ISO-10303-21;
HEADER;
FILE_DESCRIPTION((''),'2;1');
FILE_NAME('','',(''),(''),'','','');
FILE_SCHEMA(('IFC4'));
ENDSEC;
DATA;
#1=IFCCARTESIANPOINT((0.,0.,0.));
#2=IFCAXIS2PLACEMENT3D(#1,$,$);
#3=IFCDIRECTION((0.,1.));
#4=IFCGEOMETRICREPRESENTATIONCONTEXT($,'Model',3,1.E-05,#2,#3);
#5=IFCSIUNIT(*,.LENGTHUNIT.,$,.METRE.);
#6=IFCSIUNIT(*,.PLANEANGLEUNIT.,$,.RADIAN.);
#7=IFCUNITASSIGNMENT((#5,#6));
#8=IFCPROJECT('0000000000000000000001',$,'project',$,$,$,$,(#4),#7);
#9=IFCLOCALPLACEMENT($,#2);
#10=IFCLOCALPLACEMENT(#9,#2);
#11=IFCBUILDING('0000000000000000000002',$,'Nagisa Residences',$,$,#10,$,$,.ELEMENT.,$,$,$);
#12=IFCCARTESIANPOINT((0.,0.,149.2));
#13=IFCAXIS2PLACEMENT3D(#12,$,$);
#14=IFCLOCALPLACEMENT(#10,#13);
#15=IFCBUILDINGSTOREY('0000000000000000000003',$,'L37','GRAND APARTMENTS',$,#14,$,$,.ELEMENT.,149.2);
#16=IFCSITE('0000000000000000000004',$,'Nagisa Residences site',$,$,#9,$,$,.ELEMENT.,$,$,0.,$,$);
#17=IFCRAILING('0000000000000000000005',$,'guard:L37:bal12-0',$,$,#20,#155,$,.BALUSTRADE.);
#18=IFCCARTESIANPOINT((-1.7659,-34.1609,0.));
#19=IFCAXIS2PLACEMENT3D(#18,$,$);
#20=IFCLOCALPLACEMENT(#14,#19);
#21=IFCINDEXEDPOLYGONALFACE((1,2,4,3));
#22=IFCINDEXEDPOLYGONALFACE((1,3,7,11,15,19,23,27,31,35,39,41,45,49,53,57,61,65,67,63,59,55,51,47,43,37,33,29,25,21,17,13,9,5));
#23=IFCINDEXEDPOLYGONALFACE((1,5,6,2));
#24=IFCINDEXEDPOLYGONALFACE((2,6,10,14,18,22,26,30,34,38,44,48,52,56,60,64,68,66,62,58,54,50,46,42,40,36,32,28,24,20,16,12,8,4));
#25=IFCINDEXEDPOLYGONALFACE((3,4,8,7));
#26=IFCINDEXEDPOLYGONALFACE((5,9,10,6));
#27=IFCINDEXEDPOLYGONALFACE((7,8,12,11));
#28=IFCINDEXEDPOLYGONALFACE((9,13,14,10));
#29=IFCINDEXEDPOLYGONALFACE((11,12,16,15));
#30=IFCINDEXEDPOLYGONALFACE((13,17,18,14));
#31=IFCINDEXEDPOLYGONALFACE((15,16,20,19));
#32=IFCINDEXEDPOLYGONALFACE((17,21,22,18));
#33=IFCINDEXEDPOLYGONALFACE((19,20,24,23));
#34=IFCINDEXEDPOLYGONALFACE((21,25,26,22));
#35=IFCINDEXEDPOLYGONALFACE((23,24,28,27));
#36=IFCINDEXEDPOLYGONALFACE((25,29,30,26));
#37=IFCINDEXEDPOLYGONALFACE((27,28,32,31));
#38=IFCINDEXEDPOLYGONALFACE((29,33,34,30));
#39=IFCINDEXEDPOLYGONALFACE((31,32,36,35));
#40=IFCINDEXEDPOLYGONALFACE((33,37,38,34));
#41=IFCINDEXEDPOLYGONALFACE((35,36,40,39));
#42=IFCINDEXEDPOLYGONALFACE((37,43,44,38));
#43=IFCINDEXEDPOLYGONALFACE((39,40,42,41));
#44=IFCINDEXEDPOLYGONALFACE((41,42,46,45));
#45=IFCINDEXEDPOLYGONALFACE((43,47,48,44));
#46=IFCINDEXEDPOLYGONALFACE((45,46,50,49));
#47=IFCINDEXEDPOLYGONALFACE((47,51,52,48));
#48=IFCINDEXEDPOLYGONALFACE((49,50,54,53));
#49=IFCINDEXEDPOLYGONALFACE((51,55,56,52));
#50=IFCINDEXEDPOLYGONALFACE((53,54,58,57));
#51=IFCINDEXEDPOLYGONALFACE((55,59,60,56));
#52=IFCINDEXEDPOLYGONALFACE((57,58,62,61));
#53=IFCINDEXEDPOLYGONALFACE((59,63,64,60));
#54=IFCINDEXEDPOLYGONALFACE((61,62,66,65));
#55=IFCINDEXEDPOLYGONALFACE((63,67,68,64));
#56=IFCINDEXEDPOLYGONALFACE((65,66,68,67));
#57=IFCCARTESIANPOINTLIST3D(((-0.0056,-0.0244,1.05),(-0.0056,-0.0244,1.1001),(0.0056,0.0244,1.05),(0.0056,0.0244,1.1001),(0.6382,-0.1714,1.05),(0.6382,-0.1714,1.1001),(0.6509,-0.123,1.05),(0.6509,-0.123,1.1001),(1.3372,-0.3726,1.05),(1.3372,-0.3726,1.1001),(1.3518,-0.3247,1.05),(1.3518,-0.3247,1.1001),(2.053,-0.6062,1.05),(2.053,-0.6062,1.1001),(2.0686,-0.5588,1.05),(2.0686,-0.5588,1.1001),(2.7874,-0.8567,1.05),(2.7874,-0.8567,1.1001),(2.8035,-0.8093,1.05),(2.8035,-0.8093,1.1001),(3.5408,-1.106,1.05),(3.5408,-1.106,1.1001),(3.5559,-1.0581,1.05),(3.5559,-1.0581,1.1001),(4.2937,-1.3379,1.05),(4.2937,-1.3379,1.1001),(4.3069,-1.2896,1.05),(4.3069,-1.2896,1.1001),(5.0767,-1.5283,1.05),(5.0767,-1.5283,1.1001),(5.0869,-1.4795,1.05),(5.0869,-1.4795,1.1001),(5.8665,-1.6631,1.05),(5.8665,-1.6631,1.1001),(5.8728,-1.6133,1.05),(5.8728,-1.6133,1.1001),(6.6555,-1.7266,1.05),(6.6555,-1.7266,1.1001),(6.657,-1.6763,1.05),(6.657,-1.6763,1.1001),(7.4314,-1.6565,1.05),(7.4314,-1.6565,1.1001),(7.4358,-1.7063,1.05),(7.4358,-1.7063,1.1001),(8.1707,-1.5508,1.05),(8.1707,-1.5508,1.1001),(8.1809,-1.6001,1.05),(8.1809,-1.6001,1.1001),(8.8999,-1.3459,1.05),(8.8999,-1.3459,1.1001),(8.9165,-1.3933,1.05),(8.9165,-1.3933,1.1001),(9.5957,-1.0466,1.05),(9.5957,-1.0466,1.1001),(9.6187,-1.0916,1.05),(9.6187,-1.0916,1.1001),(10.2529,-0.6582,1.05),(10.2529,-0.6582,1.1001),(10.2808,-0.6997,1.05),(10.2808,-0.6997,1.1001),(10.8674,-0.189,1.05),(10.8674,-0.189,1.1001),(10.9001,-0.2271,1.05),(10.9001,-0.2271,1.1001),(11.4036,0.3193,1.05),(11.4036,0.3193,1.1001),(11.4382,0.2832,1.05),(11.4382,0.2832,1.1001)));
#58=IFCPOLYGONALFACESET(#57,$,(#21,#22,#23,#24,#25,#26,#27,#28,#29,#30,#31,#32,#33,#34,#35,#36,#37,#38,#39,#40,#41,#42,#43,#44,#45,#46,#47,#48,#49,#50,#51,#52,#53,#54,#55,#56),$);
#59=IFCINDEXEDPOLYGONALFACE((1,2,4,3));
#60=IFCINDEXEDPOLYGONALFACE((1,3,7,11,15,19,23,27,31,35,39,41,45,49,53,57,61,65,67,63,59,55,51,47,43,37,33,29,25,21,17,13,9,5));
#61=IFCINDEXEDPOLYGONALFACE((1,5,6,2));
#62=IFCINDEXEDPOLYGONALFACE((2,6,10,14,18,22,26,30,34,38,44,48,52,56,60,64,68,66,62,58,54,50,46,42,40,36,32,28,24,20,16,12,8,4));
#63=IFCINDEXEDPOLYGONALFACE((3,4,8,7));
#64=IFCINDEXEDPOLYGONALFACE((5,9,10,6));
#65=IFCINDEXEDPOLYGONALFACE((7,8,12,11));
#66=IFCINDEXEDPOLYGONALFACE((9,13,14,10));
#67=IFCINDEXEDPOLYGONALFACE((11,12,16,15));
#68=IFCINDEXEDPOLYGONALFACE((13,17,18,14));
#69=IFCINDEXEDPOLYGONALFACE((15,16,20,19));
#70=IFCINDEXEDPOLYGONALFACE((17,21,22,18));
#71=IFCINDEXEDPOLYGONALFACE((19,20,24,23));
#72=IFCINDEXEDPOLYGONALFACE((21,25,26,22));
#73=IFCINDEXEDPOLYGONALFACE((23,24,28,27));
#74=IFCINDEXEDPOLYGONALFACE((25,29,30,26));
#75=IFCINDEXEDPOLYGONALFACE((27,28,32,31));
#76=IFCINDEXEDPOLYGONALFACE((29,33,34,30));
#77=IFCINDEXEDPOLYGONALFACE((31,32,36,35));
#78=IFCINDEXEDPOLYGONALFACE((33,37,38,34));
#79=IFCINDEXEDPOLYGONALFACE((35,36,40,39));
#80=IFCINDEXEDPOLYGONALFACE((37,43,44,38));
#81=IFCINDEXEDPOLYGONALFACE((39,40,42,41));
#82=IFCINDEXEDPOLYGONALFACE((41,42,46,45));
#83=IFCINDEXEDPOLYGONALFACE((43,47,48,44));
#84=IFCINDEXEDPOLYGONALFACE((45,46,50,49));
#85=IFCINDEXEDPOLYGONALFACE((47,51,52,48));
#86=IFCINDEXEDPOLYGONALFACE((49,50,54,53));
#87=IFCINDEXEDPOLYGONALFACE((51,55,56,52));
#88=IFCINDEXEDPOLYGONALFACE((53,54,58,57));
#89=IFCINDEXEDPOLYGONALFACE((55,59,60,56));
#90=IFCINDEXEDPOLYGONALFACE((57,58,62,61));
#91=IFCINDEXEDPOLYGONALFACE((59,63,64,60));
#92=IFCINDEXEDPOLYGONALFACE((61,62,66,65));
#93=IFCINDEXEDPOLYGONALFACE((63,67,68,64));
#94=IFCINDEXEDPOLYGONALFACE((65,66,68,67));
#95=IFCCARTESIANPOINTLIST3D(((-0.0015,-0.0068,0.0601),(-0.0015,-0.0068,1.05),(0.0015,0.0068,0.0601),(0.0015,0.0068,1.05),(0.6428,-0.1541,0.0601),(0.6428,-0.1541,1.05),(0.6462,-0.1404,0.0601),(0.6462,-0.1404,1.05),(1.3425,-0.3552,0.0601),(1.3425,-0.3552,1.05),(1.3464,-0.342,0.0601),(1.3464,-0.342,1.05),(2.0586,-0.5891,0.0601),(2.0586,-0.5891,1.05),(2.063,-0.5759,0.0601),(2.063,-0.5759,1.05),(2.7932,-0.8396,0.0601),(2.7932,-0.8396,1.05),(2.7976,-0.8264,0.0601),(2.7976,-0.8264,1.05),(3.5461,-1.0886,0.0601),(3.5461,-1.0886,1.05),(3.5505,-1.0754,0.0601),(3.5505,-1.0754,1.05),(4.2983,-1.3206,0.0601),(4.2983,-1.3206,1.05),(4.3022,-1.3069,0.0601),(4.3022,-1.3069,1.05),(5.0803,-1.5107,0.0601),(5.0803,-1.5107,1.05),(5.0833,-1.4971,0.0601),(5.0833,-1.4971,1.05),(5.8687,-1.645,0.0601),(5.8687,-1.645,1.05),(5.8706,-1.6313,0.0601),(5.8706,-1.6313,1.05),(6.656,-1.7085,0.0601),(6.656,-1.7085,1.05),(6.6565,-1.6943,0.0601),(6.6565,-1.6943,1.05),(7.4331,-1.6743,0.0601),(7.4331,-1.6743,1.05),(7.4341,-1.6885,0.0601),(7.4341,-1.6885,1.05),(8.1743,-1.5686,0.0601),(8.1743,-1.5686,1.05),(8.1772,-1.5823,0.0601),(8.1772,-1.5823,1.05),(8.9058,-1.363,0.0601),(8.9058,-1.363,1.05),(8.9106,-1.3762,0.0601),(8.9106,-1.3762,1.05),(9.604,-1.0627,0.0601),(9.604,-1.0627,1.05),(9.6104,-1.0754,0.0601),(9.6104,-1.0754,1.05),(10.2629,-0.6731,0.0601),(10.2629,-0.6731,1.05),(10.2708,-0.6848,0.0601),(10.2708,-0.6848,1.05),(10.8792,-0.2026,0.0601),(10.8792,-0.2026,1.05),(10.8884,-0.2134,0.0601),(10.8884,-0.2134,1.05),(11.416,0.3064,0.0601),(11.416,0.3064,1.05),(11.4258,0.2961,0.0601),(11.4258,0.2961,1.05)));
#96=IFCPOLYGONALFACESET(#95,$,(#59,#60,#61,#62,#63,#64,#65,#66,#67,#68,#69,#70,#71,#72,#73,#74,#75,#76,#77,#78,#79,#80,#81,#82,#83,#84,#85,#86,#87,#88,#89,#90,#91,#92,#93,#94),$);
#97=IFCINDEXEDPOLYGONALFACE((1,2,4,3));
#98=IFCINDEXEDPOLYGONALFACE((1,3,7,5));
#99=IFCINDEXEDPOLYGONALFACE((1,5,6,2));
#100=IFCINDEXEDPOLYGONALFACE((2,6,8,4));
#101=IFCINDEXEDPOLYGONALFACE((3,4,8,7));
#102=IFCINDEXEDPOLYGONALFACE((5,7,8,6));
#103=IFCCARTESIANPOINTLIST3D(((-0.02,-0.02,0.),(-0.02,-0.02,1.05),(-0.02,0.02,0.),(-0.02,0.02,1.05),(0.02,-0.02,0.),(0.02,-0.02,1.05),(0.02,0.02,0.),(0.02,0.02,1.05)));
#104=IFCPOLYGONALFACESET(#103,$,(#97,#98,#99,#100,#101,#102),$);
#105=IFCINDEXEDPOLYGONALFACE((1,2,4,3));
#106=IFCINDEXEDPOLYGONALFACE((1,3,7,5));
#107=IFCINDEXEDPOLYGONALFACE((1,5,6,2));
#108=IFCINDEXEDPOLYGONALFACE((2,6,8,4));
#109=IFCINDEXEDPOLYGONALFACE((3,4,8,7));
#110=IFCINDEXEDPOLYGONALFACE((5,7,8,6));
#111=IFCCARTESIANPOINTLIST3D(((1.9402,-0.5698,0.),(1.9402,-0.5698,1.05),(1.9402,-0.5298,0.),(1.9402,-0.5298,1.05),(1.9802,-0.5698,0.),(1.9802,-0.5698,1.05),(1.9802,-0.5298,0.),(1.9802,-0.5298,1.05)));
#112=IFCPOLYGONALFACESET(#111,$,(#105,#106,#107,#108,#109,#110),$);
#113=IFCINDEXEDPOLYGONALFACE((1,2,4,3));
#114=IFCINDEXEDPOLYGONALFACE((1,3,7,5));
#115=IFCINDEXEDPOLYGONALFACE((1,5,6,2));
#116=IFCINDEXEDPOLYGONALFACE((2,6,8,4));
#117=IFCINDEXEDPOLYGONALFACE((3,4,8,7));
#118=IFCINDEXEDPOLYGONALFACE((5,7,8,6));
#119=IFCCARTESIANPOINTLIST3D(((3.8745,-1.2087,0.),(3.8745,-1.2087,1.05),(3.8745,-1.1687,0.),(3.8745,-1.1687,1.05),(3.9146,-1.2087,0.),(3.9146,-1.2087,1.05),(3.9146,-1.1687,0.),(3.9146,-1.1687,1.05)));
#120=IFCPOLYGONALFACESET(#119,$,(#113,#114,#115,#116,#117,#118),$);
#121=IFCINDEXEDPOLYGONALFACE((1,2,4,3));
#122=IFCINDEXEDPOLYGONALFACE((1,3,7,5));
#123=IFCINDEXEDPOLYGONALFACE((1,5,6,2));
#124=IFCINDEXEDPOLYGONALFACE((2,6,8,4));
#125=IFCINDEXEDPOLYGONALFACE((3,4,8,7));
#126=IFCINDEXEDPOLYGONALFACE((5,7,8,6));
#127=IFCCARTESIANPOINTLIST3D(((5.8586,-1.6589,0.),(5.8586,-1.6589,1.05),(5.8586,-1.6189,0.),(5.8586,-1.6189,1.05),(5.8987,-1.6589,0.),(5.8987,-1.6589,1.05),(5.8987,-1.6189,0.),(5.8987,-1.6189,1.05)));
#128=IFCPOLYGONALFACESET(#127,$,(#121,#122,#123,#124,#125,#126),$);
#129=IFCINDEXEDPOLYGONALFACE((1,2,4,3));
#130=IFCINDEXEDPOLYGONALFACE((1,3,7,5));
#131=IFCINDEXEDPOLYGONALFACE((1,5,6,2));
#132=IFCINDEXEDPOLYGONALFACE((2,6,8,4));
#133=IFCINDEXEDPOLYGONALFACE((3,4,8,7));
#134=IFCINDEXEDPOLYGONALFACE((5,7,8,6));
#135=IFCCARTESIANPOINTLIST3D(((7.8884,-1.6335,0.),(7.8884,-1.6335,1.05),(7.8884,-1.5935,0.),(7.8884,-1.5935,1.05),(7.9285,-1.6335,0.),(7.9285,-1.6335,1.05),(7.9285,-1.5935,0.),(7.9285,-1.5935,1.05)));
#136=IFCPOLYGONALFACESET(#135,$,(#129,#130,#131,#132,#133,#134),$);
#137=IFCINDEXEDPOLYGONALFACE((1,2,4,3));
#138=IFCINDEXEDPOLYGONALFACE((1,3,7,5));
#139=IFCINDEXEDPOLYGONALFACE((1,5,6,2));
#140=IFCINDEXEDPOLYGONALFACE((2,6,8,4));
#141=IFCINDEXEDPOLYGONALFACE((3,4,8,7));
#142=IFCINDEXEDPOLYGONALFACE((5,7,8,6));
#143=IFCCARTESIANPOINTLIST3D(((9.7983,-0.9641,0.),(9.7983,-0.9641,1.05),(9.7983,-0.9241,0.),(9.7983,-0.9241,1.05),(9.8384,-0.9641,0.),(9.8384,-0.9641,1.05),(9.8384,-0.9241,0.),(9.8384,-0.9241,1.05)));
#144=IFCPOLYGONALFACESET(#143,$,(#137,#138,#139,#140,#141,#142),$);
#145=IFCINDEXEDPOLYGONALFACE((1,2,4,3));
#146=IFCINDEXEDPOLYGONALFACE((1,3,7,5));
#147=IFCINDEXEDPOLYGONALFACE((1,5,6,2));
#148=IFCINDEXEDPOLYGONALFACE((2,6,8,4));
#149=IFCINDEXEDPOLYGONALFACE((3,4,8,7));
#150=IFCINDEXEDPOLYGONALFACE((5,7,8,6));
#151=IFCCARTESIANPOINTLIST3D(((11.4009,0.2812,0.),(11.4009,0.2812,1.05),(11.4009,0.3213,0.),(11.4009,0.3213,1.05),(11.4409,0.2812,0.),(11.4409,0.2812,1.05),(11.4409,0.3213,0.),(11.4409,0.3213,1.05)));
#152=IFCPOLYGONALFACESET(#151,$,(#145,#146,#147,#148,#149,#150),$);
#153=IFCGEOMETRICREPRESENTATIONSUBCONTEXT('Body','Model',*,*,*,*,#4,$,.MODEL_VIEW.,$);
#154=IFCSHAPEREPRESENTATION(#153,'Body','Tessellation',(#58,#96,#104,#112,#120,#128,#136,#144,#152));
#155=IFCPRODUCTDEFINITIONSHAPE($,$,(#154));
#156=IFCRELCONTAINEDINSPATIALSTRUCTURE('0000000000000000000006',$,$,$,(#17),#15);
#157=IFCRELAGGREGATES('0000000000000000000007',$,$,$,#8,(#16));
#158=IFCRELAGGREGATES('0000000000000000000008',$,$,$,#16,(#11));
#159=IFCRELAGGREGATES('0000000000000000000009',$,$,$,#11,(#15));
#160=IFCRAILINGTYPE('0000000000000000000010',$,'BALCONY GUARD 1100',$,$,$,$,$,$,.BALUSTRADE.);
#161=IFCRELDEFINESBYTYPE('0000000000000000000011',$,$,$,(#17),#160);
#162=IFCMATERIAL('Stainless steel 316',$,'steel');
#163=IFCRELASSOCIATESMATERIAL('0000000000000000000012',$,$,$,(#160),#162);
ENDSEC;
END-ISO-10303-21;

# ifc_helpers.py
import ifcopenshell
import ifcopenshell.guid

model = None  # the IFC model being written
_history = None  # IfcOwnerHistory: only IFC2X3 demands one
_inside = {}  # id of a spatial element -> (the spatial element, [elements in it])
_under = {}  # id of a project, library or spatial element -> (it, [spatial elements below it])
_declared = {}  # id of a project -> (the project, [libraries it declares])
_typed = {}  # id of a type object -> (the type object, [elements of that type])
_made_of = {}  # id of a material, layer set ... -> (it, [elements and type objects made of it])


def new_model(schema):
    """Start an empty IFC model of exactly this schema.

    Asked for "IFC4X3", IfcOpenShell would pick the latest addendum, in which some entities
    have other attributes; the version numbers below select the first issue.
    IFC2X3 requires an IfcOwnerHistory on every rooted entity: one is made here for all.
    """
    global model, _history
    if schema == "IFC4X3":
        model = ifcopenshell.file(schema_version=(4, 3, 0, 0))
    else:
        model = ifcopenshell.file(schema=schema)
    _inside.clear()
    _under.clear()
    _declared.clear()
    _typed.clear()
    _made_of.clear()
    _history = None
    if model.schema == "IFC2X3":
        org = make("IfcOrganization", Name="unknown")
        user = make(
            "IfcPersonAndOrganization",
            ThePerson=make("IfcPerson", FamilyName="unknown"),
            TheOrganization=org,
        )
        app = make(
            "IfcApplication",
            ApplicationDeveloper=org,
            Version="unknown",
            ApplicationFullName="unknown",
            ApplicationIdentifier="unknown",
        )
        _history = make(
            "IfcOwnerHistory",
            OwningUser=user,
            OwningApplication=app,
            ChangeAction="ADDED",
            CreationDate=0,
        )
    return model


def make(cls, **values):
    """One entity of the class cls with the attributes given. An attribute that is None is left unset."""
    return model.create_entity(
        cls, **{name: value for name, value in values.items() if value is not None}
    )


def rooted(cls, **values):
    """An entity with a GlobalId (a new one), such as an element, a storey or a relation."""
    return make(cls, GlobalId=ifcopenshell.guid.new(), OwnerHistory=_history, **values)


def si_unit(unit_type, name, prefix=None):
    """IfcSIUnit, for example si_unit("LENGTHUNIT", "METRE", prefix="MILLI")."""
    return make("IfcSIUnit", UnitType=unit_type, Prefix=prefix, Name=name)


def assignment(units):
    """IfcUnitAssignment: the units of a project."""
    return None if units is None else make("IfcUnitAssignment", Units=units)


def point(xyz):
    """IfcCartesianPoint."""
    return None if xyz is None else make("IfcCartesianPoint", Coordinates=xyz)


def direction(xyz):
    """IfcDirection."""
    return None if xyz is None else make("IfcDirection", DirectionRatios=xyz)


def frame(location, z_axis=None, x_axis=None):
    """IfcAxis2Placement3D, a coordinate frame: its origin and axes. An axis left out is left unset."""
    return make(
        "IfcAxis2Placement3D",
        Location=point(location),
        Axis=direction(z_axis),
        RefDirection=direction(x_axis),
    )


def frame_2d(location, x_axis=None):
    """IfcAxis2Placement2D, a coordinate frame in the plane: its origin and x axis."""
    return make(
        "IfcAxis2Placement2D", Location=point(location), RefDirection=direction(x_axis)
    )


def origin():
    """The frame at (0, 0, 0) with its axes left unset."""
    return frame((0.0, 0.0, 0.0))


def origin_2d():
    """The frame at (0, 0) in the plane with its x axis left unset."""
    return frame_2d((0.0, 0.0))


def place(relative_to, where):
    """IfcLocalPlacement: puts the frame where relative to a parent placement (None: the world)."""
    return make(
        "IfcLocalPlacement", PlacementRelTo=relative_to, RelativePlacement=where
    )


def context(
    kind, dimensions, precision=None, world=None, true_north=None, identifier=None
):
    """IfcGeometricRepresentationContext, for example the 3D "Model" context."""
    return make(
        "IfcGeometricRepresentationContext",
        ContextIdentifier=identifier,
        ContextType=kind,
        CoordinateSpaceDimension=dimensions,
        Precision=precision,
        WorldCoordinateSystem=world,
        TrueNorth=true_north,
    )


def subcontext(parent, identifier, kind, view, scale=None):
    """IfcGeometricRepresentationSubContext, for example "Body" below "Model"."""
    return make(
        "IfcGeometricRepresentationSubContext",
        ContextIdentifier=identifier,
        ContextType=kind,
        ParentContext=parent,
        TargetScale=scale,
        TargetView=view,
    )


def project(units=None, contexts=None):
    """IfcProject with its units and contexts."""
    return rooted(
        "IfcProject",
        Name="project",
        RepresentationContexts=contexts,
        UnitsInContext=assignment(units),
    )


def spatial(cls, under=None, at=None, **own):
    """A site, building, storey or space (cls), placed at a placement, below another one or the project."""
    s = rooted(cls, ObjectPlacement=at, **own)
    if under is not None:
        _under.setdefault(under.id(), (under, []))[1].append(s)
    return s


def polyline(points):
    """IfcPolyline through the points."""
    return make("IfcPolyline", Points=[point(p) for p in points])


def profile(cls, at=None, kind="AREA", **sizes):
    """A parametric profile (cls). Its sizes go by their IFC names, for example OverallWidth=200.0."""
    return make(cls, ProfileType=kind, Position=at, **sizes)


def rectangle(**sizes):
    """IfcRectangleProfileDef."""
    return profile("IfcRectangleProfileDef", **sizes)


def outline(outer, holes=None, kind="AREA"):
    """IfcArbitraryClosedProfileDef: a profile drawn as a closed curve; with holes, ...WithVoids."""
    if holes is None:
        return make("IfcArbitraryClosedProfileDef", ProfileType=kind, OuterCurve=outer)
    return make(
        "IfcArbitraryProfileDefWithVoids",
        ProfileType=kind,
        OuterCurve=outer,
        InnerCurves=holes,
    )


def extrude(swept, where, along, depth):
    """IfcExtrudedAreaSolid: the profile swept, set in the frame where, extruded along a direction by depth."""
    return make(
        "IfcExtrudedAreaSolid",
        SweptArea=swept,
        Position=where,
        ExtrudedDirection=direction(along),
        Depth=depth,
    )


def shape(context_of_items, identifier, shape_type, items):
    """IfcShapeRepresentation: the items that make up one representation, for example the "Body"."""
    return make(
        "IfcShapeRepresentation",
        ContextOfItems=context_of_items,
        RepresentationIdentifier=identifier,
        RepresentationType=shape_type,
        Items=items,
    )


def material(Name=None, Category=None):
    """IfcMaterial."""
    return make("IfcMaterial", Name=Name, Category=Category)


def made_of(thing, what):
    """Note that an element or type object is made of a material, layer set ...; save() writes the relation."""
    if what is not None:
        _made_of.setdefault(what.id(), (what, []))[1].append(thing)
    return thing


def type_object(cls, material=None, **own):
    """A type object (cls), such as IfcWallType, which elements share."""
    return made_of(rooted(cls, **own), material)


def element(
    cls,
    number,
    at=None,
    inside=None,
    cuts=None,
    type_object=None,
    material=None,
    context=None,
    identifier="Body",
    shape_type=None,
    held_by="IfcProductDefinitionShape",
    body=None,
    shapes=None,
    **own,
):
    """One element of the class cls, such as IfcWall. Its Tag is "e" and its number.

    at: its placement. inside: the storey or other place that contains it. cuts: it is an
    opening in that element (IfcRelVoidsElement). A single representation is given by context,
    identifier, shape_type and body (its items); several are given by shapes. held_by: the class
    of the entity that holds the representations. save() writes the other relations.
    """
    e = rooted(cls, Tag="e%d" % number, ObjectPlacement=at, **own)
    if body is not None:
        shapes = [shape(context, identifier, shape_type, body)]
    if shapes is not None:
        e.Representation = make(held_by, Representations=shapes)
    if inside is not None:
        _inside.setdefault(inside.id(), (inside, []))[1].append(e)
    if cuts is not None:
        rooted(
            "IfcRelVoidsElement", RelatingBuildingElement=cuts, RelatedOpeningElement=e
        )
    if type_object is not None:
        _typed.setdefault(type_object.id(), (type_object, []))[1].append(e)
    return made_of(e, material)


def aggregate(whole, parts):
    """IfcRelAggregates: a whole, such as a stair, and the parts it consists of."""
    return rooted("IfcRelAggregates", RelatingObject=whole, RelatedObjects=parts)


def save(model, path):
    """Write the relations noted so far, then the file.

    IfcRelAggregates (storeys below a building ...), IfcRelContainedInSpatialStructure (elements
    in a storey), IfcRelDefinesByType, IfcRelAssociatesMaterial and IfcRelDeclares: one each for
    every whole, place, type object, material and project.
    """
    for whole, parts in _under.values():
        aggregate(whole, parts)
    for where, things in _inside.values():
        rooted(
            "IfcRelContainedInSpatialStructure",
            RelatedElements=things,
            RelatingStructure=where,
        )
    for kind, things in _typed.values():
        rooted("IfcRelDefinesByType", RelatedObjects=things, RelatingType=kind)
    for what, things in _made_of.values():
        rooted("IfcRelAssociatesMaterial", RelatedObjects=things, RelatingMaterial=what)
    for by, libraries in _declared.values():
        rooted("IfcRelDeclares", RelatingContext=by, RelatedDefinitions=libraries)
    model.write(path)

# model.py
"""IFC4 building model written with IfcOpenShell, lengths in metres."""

from ifc_helpers import new_model, si_unit, direction, frame, origin, origin_2d, place, context, subcontext, project, spatial, polyline, rectangle, outline, extrude, material, type_object, element, save


model = new_model("IFC4")

# Units and contexts
model_context = context("Model", 3, precision=1e-05, world=origin(), true_north=direction((0.0, 1.0)))
body_context = subcontext(model_context, "Body", "Model", "MODEL_VIEW")
ifc_project = project(units=[si_unit("LENGTHUNIT", "METRE"), si_unit("PLANEANGLEUNIT", "RADIAN")], contexts=[model_context])

# Site, building, storey
site_placement = place(None, origin())
site = spatial("IfcSite", under=ifc_project, at=site_placement, Name="Nagisa Residences site", CompositionType="ELEMENT", RefElevation=0.0)
building_placement = place(site_placement, origin())
building = spatial("IfcBuilding", under=site, at=building_placement, Name="Nagisa Residences", CompositionType="ELEMENT")
storey_placement = place(building_placement, frame((0.0, 0.0, 149.2)))
storey = spatial("IfcBuildingStorey", under=building, at=storey_placement, Name="L37", Description="GRAND APARTMENTS", CompositionType="ELEMENT", Elevation=149.2)

# Railing
ifc_material_1 = material(Name="Stainless steel 316", Category="steel")
railing_type = type_object("IfcRailingType", Name="BALCONY GUARD 1100", PredefinedType="BALUSTRADE", material=ifc_material_1)
railing_placement = place(storey_placement, frame((-1.7659, -34.1609, 0.0)))
element("IfcRailing", 1, at=railing_placement, inside=storey, type_object=railing_type, Name="guard:L37:bal12-0", PredefinedType="BALUSTRADE", context=body_context, shape_type="SweptSolid", body=[
    extrude(outline(polyline([(0.6509, -0.123), (0.0056, 0.0244), (-0.0056, -0.0244), (0.6382, -0.1714), (1.3372, -0.3726), (2.053, -0.6062), (2.7874, -0.8567), (3.5408, -1.106), (4.2937, -1.3379), (5.0767, -1.5283), (5.8665, -1.6631), (6.6555, -1.7266), (7.4358, -1.7063), (8.1809, -1.6001), (8.9165, -1.3933), (9.6187, -1.0916), (10.2808, -0.6997), (10.9001, -0.2271), (11.4382, 0.2832), (11.4036, 0.3193), (10.8674, -0.189), (10.2529, -0.6582), (9.5957, -1.0466), (8.8999, -1.3459), (8.1707, -1.5508), (7.4314, -1.6565), (6.657, -1.6763), (5.8728, -1.6133), (5.0869, -1.4795), (4.3069, -1.2896), (3.5559, -1.0581), (2.8035, -0.8093), (2.0686, -0.5588), (1.3518, -0.3247), (0.6509, -0.123)])), frame((0.0, 0.0, 1.05)), (0.0, 0.0, 1.0), 0.05),
    extrude(outline(polyline([(0.6462, -0.1404), (0.0015, 0.0068), (-0.0015, -0.0068), (0.6428, -0.1541), (1.3425, -0.3552), (2.0586, -0.5891), (2.7932, -0.8396), (3.5461, -1.0886), (4.2983, -1.3206), (5.0803, -1.5107), (5.8687, -1.645), (6.656, -1.7085), (7.4341, -1.6885), (8.1772, -1.5823), (8.9106, -1.3762), (9.6104, -1.0754), (10.2708, -0.6848), (10.8884, -0.2134), (11.4258, 0.2961), (11.416, 0.3064), (10.8792, -0.2026), (10.2629, -0.6731), (9.604, -1.0627), (8.9058, -1.363), (8.1743, -1.5686), (7.4331, -1.6743), (6.6565, -1.6943), (5.8706, -1.6313), (5.0833, -1.4971), (4.3022, -1.3069), (3.5505, -1.0754), (2.7976, -0.8264), (2.063, -0.5759), (1.3464, -0.342), (0.6462, -0.1404)])), frame((0.0, 0.0, 0.0601)), (0.0, 0.0, 1.0), 0.99),
    extrude(rectangle(XDim=0.04, YDim=0.04, at=origin_2d()), origin(), (0.0, 0.0, 1.0), 1.05),
    extrude(rectangle(XDim=0.04, YDim=0.04, at=origin_2d()), frame((1.9602, -0.5498, 0.0)), (0.0, 0.0, 1.0), 1.05),
    extrude(rectangle(XDim=0.04, YDim=0.04, at=origin_2d()), frame((3.8945, -1.1887, 0.0)), (0.0, 0.0, 1.0), 1.05),
    extrude(rectangle(XDim=0.04, YDim=0.04, at=origin_2d()), frame((5.8787, -1.6389, 0.0)), (0.0, 0.0, 1.0), 1.05),
    extrude(rectangle(XDim=0.04, YDim=0.04, at=origin_2d()), frame((7.9084, -1.6135, 0.0)), (0.0, 0.0, 1.0), 1.05),
    extrude(rectangle(XDim=0.04, YDim=0.04, at=origin_2d()), frame((9.8184, -0.9441, 0.0)), (0.0, 0.0, 1.0), 1.05),
    extrude(rectangle(XDim=0.04, YDim=0.04, at=origin_2d()), frame((11.4209, 0.3013, 0.0)), (0.0, 0.0, 1.0), 1.05),
])

save(model, "model.ifc")
